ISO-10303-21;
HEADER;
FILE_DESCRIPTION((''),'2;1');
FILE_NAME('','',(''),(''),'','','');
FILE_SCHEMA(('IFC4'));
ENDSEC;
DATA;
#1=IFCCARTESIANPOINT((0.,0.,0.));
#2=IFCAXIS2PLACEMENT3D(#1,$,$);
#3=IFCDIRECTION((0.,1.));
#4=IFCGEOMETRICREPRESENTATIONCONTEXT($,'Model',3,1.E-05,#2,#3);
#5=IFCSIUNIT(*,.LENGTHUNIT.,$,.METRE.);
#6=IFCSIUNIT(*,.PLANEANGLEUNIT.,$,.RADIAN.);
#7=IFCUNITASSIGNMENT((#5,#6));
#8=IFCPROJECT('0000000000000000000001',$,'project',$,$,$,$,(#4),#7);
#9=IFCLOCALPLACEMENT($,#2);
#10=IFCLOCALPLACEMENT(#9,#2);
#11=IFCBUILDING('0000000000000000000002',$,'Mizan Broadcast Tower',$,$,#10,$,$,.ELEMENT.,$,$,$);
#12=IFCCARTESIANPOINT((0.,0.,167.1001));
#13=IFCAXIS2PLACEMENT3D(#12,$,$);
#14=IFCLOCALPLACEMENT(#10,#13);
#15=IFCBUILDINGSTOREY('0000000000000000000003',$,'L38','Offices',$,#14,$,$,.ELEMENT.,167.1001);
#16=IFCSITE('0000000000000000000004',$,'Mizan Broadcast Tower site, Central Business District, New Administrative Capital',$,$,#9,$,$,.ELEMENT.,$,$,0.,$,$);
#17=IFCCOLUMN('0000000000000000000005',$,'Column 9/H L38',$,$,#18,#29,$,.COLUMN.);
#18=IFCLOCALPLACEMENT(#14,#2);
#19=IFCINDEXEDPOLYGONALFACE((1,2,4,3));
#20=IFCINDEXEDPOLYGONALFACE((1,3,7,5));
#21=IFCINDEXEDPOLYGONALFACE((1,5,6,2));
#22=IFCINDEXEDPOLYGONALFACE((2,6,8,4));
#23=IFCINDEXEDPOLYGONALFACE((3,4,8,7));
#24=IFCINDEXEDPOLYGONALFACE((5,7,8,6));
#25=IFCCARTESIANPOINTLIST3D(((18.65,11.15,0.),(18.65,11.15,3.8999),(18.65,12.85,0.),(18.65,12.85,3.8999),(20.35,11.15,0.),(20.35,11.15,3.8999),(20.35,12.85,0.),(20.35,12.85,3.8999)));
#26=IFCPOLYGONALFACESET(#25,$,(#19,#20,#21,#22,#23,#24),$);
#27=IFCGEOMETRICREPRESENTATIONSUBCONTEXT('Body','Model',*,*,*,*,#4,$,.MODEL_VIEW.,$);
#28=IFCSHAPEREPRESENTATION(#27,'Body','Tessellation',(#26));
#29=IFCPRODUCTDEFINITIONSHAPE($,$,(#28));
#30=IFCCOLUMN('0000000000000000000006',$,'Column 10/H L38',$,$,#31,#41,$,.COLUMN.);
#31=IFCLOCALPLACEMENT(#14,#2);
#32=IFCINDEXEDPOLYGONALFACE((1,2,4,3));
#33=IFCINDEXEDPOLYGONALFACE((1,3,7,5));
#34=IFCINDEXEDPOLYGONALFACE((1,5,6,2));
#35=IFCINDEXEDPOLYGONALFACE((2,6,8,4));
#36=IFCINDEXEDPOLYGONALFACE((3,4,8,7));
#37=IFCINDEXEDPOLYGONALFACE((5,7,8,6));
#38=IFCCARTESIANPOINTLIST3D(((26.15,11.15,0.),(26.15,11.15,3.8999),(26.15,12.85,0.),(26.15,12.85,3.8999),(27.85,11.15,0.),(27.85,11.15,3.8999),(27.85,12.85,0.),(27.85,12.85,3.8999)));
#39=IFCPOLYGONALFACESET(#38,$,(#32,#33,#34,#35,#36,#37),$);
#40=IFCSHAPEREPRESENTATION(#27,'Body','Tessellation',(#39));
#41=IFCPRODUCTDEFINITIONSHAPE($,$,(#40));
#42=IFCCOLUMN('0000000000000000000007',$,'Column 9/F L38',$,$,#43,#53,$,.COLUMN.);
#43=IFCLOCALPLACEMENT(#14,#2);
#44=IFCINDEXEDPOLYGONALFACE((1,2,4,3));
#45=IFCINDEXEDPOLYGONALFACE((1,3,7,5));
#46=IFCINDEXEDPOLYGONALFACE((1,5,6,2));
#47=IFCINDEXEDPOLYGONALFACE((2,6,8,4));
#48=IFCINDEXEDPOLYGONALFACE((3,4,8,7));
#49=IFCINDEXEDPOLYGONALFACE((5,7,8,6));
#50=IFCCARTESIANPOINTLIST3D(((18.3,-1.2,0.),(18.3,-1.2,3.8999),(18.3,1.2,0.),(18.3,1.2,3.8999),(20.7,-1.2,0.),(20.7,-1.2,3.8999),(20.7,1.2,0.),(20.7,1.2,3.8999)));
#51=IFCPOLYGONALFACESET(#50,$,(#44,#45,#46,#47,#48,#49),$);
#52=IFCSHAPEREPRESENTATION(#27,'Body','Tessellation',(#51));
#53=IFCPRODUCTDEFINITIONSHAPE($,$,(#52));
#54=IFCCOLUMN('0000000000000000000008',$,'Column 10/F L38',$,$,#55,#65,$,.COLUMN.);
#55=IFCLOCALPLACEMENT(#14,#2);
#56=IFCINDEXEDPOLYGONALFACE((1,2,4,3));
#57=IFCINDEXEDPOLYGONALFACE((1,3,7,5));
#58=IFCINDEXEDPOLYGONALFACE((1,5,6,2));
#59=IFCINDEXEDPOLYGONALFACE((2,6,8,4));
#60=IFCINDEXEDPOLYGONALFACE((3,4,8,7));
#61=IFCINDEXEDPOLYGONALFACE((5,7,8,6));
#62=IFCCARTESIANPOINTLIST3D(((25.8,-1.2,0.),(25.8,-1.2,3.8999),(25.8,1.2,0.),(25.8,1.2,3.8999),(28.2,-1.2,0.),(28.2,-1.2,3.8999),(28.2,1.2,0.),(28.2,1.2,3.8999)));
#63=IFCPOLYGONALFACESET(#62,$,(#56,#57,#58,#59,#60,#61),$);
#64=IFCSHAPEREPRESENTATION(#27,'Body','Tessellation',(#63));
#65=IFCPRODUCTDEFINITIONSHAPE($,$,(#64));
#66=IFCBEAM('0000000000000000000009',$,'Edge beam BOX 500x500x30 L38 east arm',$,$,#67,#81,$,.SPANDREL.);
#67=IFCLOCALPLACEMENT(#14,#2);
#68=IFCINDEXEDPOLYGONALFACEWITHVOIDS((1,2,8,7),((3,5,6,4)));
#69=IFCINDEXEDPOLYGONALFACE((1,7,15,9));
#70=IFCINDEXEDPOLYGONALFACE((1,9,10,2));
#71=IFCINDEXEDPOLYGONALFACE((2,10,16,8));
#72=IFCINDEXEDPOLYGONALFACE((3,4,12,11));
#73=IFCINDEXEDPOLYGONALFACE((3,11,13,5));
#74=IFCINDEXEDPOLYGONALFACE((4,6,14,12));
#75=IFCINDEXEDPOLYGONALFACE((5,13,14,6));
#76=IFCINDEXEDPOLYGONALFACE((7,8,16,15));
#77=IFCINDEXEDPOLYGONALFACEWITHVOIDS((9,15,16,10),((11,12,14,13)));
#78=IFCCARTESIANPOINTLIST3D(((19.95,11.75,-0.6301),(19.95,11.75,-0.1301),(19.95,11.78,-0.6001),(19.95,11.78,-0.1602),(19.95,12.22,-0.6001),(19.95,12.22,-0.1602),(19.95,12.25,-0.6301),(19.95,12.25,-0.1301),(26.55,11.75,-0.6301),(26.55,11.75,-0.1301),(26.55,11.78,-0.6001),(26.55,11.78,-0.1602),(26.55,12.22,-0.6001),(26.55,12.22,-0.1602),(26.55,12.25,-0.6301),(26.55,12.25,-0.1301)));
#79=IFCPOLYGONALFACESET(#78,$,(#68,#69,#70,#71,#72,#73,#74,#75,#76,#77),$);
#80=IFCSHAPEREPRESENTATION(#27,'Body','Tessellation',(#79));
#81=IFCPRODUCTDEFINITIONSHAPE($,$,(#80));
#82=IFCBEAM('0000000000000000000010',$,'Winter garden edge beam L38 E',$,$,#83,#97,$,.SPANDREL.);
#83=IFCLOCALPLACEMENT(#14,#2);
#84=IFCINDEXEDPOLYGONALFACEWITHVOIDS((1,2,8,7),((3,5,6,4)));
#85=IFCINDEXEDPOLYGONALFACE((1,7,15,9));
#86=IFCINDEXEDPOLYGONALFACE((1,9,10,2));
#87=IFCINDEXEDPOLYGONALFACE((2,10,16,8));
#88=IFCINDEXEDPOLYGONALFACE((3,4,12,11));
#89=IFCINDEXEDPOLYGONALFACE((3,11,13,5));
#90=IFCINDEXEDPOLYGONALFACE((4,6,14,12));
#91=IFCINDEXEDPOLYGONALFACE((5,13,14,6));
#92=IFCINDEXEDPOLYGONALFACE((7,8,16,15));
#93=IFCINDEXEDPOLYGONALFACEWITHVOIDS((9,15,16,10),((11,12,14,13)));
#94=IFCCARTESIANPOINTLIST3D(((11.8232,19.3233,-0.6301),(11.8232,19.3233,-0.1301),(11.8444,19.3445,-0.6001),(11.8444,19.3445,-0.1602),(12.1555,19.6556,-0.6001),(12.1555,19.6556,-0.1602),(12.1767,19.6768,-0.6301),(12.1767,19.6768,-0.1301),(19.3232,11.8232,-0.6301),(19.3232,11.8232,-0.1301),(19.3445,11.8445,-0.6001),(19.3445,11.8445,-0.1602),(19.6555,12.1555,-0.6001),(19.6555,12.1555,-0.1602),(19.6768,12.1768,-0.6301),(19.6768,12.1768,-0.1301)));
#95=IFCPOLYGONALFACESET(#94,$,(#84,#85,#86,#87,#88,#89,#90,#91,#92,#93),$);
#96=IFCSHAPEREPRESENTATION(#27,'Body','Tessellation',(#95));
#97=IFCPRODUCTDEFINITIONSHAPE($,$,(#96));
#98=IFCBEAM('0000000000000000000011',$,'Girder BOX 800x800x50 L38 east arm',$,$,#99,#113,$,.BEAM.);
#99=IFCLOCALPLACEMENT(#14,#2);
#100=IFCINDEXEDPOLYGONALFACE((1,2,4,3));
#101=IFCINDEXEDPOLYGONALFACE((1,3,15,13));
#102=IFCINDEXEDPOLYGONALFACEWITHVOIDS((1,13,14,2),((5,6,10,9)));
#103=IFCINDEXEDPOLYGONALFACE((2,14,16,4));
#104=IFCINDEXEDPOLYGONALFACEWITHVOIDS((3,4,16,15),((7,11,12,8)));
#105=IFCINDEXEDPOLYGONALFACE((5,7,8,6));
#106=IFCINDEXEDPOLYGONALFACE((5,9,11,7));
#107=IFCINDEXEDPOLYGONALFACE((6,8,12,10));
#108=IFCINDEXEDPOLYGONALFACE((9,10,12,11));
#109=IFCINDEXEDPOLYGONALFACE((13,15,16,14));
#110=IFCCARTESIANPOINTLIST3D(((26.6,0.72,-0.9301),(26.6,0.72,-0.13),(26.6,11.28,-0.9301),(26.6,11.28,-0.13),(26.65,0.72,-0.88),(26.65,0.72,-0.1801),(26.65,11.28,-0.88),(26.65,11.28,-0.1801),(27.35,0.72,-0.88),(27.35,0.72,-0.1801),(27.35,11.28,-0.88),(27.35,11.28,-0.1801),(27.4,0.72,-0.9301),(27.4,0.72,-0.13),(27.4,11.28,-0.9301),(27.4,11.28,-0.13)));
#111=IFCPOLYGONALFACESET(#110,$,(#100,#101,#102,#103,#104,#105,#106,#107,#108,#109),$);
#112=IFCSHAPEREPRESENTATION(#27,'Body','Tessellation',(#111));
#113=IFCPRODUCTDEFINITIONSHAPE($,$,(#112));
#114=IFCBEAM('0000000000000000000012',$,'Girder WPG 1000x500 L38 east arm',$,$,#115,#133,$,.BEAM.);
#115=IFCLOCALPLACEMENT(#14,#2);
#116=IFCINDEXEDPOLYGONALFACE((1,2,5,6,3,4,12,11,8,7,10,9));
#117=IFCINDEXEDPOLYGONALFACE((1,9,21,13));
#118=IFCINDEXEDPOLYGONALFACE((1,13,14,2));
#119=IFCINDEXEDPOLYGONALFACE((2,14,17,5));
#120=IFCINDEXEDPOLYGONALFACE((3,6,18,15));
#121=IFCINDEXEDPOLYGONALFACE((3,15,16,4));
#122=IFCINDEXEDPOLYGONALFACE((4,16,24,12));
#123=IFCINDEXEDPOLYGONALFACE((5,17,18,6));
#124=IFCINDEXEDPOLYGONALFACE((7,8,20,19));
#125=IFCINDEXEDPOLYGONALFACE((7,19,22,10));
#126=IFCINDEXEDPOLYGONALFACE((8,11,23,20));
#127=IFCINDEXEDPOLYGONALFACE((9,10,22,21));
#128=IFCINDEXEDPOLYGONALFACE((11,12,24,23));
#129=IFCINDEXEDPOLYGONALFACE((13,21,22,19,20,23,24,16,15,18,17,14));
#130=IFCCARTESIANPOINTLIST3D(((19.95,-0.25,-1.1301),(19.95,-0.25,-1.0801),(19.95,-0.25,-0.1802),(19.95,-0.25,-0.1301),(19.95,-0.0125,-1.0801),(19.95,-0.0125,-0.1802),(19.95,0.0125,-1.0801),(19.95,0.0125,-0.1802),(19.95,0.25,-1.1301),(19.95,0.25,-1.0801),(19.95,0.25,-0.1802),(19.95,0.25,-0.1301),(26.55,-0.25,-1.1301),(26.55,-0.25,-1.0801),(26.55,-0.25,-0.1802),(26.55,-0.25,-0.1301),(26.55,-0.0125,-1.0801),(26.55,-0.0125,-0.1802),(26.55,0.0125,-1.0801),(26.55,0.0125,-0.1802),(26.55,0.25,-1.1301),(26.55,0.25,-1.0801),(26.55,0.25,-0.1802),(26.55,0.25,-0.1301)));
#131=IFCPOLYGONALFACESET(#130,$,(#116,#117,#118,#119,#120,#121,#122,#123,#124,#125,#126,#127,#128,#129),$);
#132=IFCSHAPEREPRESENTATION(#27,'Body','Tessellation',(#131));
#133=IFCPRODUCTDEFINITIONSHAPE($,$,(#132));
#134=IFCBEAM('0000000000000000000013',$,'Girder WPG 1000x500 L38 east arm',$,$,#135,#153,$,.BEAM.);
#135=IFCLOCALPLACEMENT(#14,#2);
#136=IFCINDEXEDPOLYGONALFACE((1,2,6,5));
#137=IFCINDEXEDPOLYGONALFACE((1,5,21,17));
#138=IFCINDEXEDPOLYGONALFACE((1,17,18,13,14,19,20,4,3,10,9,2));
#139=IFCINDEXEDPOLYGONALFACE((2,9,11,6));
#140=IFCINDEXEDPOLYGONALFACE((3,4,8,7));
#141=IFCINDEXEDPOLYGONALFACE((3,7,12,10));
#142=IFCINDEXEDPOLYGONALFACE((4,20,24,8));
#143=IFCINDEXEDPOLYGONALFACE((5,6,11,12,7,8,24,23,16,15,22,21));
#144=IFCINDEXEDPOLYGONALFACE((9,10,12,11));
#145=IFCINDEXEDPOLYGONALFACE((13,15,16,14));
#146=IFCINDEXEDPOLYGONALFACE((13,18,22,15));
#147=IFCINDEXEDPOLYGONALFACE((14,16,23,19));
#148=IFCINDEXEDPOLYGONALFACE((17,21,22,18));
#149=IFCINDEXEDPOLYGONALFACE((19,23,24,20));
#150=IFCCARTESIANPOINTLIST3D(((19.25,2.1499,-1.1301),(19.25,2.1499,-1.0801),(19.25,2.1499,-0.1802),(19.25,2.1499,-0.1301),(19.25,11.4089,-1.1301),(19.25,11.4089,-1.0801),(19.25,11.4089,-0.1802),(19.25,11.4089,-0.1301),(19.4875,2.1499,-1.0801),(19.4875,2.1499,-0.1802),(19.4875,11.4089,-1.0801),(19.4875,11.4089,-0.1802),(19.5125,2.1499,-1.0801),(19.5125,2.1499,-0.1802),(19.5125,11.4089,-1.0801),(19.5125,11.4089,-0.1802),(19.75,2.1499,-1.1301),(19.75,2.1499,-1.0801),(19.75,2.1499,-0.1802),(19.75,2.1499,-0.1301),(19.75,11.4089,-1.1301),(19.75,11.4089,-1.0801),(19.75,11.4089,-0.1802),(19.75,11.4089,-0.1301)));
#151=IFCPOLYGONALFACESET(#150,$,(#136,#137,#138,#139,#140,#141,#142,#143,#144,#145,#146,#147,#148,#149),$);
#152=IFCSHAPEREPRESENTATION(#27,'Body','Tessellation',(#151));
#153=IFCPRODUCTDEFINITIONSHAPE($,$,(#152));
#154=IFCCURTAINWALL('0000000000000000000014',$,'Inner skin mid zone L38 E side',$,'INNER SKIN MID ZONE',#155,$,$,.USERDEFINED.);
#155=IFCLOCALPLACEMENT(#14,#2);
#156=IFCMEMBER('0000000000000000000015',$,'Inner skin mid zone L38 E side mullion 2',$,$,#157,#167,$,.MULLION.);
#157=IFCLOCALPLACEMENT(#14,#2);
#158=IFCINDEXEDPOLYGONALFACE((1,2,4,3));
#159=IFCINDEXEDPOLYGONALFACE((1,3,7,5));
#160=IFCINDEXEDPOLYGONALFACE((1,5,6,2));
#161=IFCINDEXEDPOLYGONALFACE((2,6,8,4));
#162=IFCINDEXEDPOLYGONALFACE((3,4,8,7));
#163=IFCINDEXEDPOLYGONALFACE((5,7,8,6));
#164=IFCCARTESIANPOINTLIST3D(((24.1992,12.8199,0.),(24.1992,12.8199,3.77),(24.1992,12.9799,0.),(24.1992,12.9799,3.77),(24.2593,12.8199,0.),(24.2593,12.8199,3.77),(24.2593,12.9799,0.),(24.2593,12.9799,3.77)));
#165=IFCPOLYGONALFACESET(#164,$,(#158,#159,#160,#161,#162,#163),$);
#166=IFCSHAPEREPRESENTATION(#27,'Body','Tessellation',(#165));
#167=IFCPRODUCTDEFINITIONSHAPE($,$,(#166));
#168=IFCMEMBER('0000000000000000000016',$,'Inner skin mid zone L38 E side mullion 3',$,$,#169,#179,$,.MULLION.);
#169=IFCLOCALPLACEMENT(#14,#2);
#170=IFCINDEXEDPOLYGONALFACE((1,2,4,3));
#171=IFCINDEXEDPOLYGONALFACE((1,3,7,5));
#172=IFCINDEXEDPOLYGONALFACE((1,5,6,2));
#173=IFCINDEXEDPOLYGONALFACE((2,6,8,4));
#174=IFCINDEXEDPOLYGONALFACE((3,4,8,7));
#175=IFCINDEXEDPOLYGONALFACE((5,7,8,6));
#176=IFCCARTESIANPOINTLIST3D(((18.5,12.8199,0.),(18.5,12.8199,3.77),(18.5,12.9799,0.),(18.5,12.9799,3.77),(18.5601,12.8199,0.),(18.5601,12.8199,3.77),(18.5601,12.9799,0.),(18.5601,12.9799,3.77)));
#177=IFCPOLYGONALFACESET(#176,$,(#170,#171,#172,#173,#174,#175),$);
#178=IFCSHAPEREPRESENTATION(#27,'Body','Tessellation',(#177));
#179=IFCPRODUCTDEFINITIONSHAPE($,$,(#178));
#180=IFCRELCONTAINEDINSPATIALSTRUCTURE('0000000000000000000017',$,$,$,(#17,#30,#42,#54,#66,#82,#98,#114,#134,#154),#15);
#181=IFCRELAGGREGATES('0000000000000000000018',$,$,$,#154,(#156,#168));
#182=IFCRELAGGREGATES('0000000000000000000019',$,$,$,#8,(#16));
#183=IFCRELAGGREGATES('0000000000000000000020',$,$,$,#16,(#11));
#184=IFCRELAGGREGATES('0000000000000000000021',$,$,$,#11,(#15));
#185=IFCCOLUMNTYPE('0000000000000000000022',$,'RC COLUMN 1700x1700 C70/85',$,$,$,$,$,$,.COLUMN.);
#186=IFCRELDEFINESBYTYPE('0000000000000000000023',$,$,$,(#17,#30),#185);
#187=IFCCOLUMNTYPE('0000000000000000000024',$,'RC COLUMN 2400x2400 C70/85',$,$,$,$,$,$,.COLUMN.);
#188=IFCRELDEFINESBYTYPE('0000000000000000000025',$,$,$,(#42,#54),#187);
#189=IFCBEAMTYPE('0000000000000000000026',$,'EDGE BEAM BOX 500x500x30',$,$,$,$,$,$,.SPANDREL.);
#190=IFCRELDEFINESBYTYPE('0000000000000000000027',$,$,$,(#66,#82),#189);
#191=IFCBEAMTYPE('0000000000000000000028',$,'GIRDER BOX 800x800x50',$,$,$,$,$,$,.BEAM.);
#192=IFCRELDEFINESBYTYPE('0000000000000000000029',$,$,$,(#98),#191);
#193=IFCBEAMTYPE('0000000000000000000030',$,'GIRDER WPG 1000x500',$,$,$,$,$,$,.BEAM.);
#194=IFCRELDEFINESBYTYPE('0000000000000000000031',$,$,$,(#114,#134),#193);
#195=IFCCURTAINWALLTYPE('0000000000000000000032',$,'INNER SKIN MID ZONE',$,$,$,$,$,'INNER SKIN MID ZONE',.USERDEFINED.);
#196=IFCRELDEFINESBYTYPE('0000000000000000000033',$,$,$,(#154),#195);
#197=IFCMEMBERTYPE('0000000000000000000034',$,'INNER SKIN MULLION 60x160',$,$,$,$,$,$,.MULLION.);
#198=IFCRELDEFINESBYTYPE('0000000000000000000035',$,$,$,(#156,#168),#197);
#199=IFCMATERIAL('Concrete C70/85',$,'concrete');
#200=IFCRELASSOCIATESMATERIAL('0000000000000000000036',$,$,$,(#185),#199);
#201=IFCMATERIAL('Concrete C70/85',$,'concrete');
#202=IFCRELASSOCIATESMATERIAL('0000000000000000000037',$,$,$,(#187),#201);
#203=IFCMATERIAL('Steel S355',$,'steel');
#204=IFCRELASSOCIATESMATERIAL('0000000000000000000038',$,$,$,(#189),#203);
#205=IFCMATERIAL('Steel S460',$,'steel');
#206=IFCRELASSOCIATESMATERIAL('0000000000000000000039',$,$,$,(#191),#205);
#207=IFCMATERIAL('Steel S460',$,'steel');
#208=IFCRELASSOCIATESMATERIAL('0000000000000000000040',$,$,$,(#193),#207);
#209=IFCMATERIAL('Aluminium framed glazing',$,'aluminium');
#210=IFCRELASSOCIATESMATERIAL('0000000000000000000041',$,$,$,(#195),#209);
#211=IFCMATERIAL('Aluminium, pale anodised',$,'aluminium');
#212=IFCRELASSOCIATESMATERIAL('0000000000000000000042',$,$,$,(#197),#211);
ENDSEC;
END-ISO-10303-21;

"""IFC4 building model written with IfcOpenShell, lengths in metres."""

from ifc_helpers import new_model, si_unit, direction, frame, origin, origin_2d, place, context, subcontext, project, spatial, rectangle, hollow_rectangle, i_section, extrude, material, material_profile, profile_set, type_object, element, aggregate, save


model = new_model("IFC4")

# Units and contexts
model_context = context("Model", 3, precision=1e-05, world=origin(), true_north=direction((0.0, 1.0)))
body_context = subcontext(model_context, "Body", "Model", "MODEL_VIEW")
ifc_project = project(units=[si_unit("LENGTHUNIT", "METRE"), si_unit("PLANEANGLEUNIT", "RADIAN")], contexts=[model_context])

# Site, building, storey
site_placement = place(None, origin())
site = spatial("IfcSite", under=ifc_project, at=site_placement, Name="Mizan Broadcast Tower site, Central Business District, New Administrative Capital", CompositionType="ELEMENT", RefElevation=0.0)
building_placement = place(site_placement, origin())
building = spatial("IfcBuilding", under=site, at=building_placement, Name="Mizan Broadcast Tower", CompositionType="ELEMENT")
storey_placement = place(building_placement, frame((0.0, 0.0, 167.1001)))
storey = spatial("IfcBuildingStorey", under=building, at=storey_placement, Name="L38", Description="Offices", CompositionType="ELEMENT", Elevation=167.1001)

# Columns
ifc_material_1 = material(Name="Concrete C70/85", Category="concrete")
ifc_material_profile_1 = material_profile(ifc_material_1, rectangle(XDim=1.7, YDim=1.7, at=origin_2d()), Name="RC 1700x1700")
ifc_profile_set_1 = profile_set([ifc_material_profile_1], Name="Concrete C70/85")
column_type_1 = type_object("IfcColumnType", Name="RC COLUMN 1700x1700 C70/85", PredefinedType="COLUMN", material=ifc_profile_set_1)
for number, where, z_axis, x_axis, name in (
    (1, (19.5, 12.0, 0.0), (0.0, 0.0, 1.0), (1.0, 0.0, 0.0), "Column 9/H L38"),
    (2, (27.0, 12.0, 0.0), (0.0, 0.0, 1.0), (1.0, 0.0, 0.0), "Column 10/H L38"),
):
    element("IfcColumn", number, at=place(storey_placement, frame(where, z_axis=z_axis, x_axis=x_axis)), inside=storey, type_object=column_type_1, Name=name, PredefinedType="COLUMN", context=body_context, shape_type="SweptSolid", body=[
        extrude(rectangle(XDim=1.7, YDim=1.7, at=origin_2d()), origin(), (0.0, 0.0, 1.0), 3.8999),
    ])
ifc_material_2 = material(Name="Concrete C70/85", Category="concrete")
ifc_material_profile_2 = material_profile(ifc_material_2, rectangle(XDim=2.3999, YDim=2.3999, at=origin_2d()), Name="RC 2400x2400")
ifc_profile_set_2 = profile_set([ifc_material_profile_2], Name="Concrete C70/85")
column_type_2 = type_object("IfcColumnType", Name="RC COLUMN 2400x2400 C70/85", PredefinedType="COLUMN", material=ifc_profile_set_2)
for number, where, z_axis, x_axis, name in (
    (3, (19.5, 0.0, 0.0), (0.0, 0.0, 1.0), (1.0, 0.0, 0.0), "Column 9/F L38"),
    (4, (27.0, 0.0, 0.0), (0.0, 0.0, 1.0), (1.0, 0.0, 0.0), "Column 10/F L38"),
):
    element("IfcColumn", number, at=place(storey_placement, frame(where, z_axis=z_axis, x_axis=x_axis)), inside=storey, type_object=column_type_2, Name=name, PredefinedType="COLUMN", context=body_context, shape_type="SweptSolid", body=[
        extrude(rectangle(XDim=2.3999, YDim=2.3999, at=origin_2d()), origin(), (0.0, 0.0, 1.0), 3.8999),
    ])

# Beams
ifc_material_3 = material(Name="Steel S355", Category="steel")
ifc_material_profile_3 = material_profile(ifc_material_3, hollow_rectangle(XDim=0.5, YDim=0.5, WallThickness=0.03, at=origin_2d()), Name="BOX 500x500x30")
ifc_profile_set_3 = profile_set([ifc_material_profile_3], Name="Steel S355")
beam_type_1 = type_object("IfcBeamType", Name="EDGE BEAM BOX 500x500x30", PredefinedType="SPANDREL", material=ifc_profile_set_3)
beam_1_placement = place(storey_placement, frame((19.95, 12.0, -0.3801), z_axis=(1.0, 0.0, 0.0), x_axis=(0.0, 1.0, 0.0)))
element("IfcBeam", 5, at=beam_1_placement, inside=storey, type_object=beam_type_1, Name="Edge beam BOX 500x500x30 L38 east arm", PredefinedType="SPANDREL", context=body_context, shape_type="SweptSolid", body=[
    extrude(hollow_rectangle(XDim=0.5, YDim=0.5, WallThickness=0.03, at=origin_2d()), origin(), (0.0, 0.0, 1.0), 6.6001),
])
beam_2_placement = place(storey_placement, frame((19.5, 12.0, -0.3801), z_axis=(-0.707107, 0.707107, 0.0), x_axis=(-0.707107, -0.707107, 0.0)))
element("IfcBeam", 6, at=beam_2_placement, inside=storey, type_object=beam_type_1, Name="Winter garden edge beam L38 E", PredefinedType="SPANDREL", context=body_context, shape_type="SweptSolid", body=[
    extrude(hollow_rectangle(XDim=0.5, YDim=0.5, WallThickness=0.03, at=origin_2d()), origin(), (0.0, 0.0, 1.0), 10.6067),
])
ifc_material_4 = material(Name="Steel S460", Category="steel")
ifc_material_profile_4 = material_profile(ifc_material_4, hollow_rectangle(XDim=0.8, YDim=0.8, WallThickness=0.05, at=origin_2d()), Name="BOX 800x800x50")
ifc_profile_set_4 = profile_set([ifc_material_profile_4], Name="Steel S460")
beam_type_2 = type_object("IfcBeamType", Name="GIRDER BOX 800x800x50", PredefinedType="BEAM", material=ifc_profile_set_4)
beam_3_placement = place(storey_placement, frame((27.0, 11.28, -0.53), z_axis=(0.0, -1.0, 0.0), x_axis=(1.0, 0.0, 0.0)))
element("IfcBeam", 7, at=beam_3_placement, inside=storey, type_object=beam_type_2, Name="Girder BOX 800x800x50 L38 east arm", PredefinedType="BEAM", context=body_context, shape_type="SweptSolid", body=[
    extrude(hollow_rectangle(XDim=0.8, YDim=0.8, WallThickness=0.05, at=origin_2d()), origin(), (0.0, 0.0, 1.0), 10.5601),
])
ifc_material_5 = material(Name="Steel S460", Category="steel")
ifc_material_profile_5 = material_profile(ifc_material_5, i_section(OverallWidth=0.5, OverallDepth=1.0, WebThickness=0.0249, FlangeThickness=0.05, at=origin_2d()), Name="WPG 1000x500")
ifc_profile_set_5 = profile_set([ifc_material_profile_5], Name="Steel S460")
beam_type_3 = type_object("IfcBeamType", Name="GIRDER WPG 1000x500", PredefinedType="BEAM", material=ifc_profile_set_5)
beam_4_placement = place(storey_placement, frame((19.95, 0.0, -0.6301), z_axis=(1.0, 0.0, 0.0), x_axis=(0.0, 1.0, 0.0)))
element("IfcBeam", 8, at=beam_4_placement, inside=storey, type_object=beam_type_3, Name="Girder WPG 1000x500 L38 east arm", PredefinedType="BEAM", context=body_context, shape_type="SweptSolid", body=[
    extrude(i_section(OverallWidth=0.5, OverallDepth=1.0, WebThickness=0.0249, FlangeThickness=0.05, at=origin_2d()), origin(), (0.0, 0.0, 1.0), 6.6001),
])
beam_5_placement = place(storey_placement, frame((19.5, 11.4089, -0.6301), z_axis=(0.0, -1.0, 0.0), x_axis=(1.0, 0.0, 0.0)))
element("IfcBeam", 9, at=beam_5_placement, inside=storey, type_object=beam_type_3, Name="Girder WPG 1000x500 L38 east arm", PredefinedType="BEAM", context=body_context, shape_type="SweptSolid", body=[
    extrude(i_section(OverallWidth=0.5, OverallDepth=1.0, WebThickness=0.0249, FlangeThickness=0.05, at=origin_2d()), origin(), (0.0, 0.0, 1.0), 9.259),
])

# Curtain wall, members
ifc_material_6 = material(Name="Aluminium framed glazing", Category="aluminium")
curtain_wall_type_1 = type_object("IfcCurtainWallType", Name="INNER SKIN MID ZONE", ElementType="INNER SKIN MID ZONE", PredefinedType="USERDEFINED", material=ifc_material_6)
curtain_wall_1_placement = place(storey_placement, origin())
curtain_wall_1 = element("IfcCurtainWall", 10, at=curtain_wall_1_placement, inside=storey, type_object=curtain_wall_type_1, Name="Inner skin mid zone L38 E side", ObjectType="INNER SKIN MID ZONE", PredefinedType="USERDEFINED")
ifc_material_7 = material(Name="Aluminium, pale anodised", Category="aluminium")
ifc_material_profile_6 = material_profile(ifc_material_7, rectangle(XDim=0.1599, YDim=0.0601, at=origin_2d()), Name="MULLION 160x60")
ifc_profile_set_6 = profile_set([ifc_material_profile_6], Name="Aluminium, pale anodised")
member_type_1 = type_object("IfcMemberType", Name="INNER SKIN MULLION 60x160", PredefinedType="MULLION", material=ifc_profile_set_6)
member_1_placement = place(storey_placement, frame((24.2292, 12.8999, 0.0), z_axis=(0.0, 0.0, 1.0), x_axis=(0.0, -1.0, 0.0)))
member_1 = element("IfcMember", 11, at=member_1_placement, type_object=member_type_1, Name="Inner skin mid zone L38 E side mullion 2", PredefinedType="MULLION", context=body_context, shape_type="SweptSolid", body=[
    extrude(rectangle(XDim=0.1599, YDim=0.0601, at=origin_2d()), origin(), (0.0, 0.0, 1.0), 3.77),
])
member_2_placement = place(storey_placement, frame((18.53, 12.8999, 0.0), z_axis=(0.0, 0.0, 1.0), x_axis=(0.0, -1.0, 0.0)))
member_2 = element("IfcMember", 12, at=member_2_placement, type_object=member_type_1, Name="Inner skin mid zone L38 E side mullion 3", PredefinedType="MULLION", context=body_context, shape_type="SweptSolid", body=[
    extrude(rectangle(XDim=0.1599, YDim=0.0601, at=origin_2d()), origin(), (0.0, 0.0, 1.0), 3.77),
])

aggregate(curtain_wall_1, [member_1, member_2])

save(model, "model.ifc")
